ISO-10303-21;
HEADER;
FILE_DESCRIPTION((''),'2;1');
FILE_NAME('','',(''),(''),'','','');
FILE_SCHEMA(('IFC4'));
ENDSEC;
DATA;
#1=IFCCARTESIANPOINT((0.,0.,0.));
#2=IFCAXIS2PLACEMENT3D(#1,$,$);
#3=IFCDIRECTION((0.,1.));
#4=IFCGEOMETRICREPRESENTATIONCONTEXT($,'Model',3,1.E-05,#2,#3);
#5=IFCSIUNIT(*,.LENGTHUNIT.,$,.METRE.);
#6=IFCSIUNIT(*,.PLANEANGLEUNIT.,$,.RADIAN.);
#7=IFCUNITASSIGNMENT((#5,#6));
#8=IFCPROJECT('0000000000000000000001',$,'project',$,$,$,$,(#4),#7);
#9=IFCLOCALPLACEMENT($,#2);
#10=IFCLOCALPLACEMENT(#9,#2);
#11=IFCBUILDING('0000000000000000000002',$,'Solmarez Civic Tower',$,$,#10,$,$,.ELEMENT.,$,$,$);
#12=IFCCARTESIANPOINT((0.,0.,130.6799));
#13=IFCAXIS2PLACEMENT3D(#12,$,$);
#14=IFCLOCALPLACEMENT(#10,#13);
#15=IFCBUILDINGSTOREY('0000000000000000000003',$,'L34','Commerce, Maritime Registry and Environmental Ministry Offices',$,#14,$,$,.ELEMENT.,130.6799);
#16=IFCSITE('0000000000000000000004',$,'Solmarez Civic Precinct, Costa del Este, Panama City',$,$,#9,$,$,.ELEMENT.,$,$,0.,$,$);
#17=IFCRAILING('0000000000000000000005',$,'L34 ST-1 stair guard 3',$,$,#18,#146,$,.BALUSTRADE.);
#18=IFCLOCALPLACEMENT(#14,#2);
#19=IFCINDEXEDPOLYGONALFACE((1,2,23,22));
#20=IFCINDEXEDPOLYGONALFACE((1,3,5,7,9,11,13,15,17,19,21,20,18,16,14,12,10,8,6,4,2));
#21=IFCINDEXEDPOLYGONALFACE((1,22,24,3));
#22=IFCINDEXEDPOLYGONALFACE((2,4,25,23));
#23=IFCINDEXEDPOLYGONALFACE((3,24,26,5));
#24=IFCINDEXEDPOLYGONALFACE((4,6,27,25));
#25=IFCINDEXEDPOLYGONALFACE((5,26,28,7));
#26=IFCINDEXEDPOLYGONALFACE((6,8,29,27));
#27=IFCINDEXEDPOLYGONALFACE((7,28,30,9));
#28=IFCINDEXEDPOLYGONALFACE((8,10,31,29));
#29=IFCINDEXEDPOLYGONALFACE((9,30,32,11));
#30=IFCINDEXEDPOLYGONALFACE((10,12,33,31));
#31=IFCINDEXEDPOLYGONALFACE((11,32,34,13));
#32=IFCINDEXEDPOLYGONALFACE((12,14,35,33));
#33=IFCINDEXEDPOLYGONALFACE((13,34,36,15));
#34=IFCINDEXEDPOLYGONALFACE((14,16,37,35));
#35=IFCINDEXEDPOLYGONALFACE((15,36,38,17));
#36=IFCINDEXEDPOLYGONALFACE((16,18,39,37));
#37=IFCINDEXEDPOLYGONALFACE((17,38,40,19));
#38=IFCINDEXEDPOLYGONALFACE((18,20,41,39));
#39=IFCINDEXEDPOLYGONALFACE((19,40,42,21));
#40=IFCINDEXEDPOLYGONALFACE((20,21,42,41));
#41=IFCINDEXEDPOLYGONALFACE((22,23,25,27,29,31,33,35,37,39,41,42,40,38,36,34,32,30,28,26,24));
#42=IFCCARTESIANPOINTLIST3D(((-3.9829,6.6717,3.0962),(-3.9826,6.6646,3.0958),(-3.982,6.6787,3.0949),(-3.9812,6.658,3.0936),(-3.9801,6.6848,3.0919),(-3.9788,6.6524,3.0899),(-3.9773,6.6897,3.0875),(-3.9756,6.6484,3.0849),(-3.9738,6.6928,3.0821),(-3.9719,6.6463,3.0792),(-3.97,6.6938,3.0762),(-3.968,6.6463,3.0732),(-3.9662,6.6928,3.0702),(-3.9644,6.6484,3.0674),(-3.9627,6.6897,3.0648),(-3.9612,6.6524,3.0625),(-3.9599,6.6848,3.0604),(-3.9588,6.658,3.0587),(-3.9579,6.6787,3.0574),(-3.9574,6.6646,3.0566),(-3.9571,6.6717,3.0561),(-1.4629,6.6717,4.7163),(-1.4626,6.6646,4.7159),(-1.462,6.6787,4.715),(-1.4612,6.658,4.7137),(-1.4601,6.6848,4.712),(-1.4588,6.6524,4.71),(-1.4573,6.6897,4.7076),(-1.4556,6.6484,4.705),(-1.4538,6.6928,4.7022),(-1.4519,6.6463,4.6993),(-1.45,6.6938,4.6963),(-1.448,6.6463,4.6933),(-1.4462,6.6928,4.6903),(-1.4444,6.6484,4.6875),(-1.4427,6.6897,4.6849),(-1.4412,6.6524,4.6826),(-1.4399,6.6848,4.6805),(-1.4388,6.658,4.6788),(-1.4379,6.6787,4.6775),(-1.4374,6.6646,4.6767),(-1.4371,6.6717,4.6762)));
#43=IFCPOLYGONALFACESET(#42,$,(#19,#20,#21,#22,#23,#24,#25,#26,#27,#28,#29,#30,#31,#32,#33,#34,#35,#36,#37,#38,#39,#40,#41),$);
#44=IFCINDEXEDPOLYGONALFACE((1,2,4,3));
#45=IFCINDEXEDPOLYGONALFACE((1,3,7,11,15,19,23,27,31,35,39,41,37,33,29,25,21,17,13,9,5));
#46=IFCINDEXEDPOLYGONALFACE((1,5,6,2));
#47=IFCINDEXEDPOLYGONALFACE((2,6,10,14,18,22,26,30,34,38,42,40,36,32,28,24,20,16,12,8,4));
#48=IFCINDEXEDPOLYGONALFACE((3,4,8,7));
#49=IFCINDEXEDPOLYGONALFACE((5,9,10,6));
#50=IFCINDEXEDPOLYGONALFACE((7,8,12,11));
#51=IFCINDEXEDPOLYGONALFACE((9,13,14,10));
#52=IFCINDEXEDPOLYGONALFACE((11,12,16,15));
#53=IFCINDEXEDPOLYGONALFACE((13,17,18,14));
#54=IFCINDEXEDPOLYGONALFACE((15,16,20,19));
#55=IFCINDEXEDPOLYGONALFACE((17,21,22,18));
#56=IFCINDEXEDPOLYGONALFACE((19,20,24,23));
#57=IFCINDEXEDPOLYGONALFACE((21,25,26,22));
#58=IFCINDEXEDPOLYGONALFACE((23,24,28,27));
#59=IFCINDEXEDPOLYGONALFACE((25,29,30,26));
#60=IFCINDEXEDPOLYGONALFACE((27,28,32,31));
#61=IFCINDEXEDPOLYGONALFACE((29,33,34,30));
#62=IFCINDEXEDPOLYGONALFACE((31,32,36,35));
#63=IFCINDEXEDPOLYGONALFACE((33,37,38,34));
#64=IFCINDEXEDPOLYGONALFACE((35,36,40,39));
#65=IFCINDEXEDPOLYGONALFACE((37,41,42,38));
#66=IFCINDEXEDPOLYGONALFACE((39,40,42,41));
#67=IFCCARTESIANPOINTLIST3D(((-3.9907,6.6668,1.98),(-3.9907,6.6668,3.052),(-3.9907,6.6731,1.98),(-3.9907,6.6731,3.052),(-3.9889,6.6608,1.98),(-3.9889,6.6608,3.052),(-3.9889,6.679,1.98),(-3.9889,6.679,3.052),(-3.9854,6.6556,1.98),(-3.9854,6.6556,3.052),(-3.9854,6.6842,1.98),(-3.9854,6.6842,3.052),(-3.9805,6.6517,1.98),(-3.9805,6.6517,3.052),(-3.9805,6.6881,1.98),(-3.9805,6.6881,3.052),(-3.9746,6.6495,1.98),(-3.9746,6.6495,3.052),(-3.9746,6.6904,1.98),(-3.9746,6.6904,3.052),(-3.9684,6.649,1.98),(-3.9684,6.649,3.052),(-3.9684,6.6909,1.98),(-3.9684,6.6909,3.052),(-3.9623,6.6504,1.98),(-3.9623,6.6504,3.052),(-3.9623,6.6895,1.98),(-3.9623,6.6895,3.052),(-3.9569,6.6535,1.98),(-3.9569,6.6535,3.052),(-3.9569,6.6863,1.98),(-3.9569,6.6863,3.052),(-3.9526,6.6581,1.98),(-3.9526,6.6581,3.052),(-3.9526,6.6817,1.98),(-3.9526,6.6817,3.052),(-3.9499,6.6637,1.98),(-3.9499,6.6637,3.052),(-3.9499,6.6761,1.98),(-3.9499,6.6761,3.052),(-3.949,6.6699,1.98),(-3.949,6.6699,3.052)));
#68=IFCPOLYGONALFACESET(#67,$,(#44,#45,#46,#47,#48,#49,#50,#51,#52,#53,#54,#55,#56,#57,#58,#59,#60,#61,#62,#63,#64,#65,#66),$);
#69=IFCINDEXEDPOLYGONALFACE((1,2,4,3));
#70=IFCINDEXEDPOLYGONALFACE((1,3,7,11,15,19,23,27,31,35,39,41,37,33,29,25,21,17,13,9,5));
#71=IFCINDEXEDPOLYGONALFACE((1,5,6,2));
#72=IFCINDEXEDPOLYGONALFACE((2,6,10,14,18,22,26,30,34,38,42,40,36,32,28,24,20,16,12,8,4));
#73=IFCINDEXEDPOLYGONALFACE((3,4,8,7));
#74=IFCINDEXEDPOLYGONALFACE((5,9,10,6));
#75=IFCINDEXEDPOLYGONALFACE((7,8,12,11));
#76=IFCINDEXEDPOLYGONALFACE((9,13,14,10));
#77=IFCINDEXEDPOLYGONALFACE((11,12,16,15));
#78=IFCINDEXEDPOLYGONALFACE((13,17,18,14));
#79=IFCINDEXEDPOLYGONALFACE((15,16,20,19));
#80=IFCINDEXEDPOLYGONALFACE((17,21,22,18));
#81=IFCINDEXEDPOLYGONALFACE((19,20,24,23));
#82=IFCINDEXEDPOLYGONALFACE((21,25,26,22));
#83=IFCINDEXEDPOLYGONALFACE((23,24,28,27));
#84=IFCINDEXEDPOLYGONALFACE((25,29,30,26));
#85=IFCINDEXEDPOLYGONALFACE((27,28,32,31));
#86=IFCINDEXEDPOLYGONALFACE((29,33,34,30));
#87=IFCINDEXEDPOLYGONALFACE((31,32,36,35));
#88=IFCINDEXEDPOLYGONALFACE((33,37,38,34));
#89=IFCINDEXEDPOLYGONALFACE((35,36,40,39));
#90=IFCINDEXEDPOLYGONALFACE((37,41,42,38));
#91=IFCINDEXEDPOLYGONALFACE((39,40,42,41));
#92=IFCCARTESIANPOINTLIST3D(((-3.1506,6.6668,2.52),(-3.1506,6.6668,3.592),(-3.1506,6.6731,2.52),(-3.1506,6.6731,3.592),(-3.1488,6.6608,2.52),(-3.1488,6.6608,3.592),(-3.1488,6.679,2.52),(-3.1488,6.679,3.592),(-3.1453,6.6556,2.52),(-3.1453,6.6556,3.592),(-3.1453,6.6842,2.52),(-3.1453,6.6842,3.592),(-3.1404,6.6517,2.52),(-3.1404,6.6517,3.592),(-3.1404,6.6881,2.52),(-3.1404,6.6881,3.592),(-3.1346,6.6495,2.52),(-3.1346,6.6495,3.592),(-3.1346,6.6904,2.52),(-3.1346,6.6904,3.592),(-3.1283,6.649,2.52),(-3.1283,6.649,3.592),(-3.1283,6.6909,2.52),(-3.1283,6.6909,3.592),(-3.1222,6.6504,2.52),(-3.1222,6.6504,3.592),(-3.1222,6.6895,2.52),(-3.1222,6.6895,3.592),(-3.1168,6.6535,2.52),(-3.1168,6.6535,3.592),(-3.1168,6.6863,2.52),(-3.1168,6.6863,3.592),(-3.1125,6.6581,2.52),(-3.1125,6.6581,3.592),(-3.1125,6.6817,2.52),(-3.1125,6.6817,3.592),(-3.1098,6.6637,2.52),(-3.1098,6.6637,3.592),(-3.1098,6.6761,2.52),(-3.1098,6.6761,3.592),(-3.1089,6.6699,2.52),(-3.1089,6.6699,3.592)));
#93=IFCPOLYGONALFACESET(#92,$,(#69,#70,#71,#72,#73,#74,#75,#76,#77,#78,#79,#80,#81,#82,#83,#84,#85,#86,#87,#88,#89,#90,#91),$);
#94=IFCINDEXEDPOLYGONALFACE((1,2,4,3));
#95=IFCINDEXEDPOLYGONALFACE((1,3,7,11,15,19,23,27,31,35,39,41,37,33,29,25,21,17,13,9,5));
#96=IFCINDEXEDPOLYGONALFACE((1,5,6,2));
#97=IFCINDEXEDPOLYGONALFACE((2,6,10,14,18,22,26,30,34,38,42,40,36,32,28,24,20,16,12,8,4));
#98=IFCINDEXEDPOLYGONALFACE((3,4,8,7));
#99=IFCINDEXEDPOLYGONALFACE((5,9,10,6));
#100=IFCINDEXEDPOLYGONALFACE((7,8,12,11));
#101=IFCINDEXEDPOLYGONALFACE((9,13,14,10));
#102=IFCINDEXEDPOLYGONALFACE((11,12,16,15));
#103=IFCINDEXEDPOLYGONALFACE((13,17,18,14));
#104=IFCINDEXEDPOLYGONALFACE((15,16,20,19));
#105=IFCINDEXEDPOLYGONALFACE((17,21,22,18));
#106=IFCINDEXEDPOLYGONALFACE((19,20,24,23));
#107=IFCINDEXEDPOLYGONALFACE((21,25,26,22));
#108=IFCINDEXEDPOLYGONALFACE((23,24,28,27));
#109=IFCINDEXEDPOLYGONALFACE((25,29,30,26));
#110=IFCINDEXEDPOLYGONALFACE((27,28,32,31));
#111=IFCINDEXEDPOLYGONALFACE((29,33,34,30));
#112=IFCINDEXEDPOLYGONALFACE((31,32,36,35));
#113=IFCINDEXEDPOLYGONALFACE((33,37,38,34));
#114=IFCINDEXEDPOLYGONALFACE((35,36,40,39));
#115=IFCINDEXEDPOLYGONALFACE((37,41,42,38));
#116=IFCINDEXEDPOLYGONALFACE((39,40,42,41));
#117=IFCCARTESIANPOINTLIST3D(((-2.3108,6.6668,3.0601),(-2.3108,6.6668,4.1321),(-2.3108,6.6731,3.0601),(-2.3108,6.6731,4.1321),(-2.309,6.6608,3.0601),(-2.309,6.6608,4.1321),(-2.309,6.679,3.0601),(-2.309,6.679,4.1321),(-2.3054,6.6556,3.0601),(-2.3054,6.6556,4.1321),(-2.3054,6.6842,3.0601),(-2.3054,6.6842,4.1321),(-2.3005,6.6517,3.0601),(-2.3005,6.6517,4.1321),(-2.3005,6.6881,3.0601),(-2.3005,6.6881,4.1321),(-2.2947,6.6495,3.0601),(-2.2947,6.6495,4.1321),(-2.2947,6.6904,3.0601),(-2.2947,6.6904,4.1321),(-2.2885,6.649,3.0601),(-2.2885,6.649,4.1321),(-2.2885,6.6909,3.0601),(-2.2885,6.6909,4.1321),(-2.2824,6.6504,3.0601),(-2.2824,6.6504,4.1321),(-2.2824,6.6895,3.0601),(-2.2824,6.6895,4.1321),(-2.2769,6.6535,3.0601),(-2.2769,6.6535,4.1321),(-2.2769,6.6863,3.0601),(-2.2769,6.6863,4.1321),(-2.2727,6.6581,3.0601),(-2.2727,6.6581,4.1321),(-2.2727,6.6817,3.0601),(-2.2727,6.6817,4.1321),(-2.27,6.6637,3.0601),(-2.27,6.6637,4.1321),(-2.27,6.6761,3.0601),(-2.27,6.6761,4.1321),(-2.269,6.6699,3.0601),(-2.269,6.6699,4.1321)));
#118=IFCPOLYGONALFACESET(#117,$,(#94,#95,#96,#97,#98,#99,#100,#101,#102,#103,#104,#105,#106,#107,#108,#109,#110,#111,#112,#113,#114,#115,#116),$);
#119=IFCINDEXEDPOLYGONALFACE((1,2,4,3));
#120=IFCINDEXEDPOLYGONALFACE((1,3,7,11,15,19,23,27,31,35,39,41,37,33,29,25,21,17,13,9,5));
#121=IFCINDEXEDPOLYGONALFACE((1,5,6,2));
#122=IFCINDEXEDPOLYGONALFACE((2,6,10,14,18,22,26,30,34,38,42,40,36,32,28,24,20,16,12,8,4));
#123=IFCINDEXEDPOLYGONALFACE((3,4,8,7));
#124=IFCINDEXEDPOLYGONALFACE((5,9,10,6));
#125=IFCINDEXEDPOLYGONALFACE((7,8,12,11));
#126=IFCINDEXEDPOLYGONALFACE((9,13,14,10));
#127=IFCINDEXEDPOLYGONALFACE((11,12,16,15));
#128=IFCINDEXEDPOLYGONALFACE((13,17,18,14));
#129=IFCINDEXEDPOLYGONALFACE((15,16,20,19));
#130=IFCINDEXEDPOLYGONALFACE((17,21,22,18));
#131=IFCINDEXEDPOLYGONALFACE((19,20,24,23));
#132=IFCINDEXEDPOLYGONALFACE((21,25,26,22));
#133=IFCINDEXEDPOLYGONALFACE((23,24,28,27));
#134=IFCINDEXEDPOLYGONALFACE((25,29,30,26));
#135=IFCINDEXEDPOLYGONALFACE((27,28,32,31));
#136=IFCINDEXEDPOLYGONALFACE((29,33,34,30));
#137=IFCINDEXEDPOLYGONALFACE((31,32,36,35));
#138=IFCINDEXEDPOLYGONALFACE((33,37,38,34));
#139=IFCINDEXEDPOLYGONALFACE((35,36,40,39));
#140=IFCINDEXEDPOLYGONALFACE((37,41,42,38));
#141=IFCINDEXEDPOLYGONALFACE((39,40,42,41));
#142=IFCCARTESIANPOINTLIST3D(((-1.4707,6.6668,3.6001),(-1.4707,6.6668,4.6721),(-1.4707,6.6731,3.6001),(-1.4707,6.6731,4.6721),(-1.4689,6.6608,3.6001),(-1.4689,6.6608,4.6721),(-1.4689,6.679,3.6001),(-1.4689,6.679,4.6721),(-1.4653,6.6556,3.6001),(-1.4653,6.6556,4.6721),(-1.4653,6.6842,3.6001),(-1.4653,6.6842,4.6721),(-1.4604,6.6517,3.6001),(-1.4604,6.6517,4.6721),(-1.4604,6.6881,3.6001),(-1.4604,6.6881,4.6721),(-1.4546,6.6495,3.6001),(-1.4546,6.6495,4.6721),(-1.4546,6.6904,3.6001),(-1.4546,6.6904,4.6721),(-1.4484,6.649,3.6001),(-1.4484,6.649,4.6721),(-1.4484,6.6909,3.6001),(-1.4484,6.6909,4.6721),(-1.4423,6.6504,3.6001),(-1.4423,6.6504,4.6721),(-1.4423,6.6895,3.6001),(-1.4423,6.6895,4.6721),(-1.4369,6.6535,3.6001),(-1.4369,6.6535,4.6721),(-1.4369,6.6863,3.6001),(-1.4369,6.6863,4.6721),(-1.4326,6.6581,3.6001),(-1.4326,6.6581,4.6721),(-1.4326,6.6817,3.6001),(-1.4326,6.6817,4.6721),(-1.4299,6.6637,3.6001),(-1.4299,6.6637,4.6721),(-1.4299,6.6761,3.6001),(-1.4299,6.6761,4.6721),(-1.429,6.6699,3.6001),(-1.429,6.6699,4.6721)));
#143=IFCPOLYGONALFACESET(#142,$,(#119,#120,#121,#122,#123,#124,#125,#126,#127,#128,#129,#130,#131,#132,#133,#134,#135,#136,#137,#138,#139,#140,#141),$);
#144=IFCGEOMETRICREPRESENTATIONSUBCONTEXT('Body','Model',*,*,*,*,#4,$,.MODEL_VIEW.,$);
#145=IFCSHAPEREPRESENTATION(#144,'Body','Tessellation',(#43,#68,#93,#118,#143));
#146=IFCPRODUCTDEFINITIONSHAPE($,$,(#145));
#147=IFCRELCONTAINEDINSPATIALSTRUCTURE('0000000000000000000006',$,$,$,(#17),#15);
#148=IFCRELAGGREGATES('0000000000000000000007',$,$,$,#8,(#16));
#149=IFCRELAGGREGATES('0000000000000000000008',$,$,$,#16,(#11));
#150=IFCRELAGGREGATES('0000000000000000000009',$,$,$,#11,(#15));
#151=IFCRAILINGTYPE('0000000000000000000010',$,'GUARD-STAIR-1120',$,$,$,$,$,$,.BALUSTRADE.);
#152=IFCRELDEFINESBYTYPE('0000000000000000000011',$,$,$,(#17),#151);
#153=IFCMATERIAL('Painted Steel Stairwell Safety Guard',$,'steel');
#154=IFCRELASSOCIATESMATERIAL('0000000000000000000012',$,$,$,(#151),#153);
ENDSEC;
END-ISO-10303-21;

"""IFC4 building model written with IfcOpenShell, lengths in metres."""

from ifc_helpers import new_model, si_unit, direction, frame, origin, origin_2d, place, context, subcontext, project, spatial, circle, extrude, material, type_object, element, save


model = new_model("IFC4")

# Units and contexts
model_context = context("Model", 3, precision=1e-05, world=origin(), true_north=direction((0.0, 1.0)))
body_context = subcontext(model_context, "Body", "Model", "MODEL_VIEW")
ifc_project = project(units=[si_unit("LENGTHUNIT", "METRE"), si_unit("PLANEANGLEUNIT", "RADIAN")], contexts=[model_context])

# Site, building, storey
site_placement = place(None, origin())
site = spatial("IfcSite", under=ifc_project, at=site_placement, Name="Solmarez Civic Precinct, Costa del Este, Panama City", CompositionType="ELEMENT", RefElevation=0.0)
building_placement = place(site_placement, origin())
building = spatial("IfcBuilding", under=site, at=building_placement, Name="Solmarez Civic Tower", CompositionType="ELEMENT")
storey_placement = place(building_placement, frame((0.0, 0.0, 130.6799)))
storey = spatial("IfcBuildingStorey", under=building, at=storey_placement, Name="L34", Description="Commerce, Maritime Registry and Environmental Ministry Offices", CompositionType="ELEMENT", Elevation=130.6799)

# Railing
ifc_material_1 = material(Name="Painted Steel Stairwell Safety Guard", Category="steel")
railing_type_1 = type_object("IfcRailingType", Name="GUARD-STAIR-1120", PredefinedType="BALUSTRADE", material=ifc_material_1)
railing_1_placement = place(storey_placement, frame((-3.97, 6.6699, 1.98)))
element("IfcRailing", 1, at=railing_1_placement, inside=storey, type_object=railing_type_1, Name="L34 ST-1 stair guard 3", PredefinedType="BALUSTRADE", context=body_context, shape_type="SweptSolid", body=[
    extrude(circle(Radius=0.0239, at=origin_2d()), frame((0.0, 0.0, 1.0962), z_axis=(0.841163, 0.0, 0.540782), x_axis=(0.0, 1.0, 0.0)), (0.0, 0.0, 1.0), 2.9958),
    extrude(circle(Radius=0.021, at=origin_2d()), origin(), (0.0, 0.0, 1.0), 1.072),
    extrude(circle(Radius=0.021, at=origin_2d()), frame((0.8401, 0.0, 0.54)), (0.0, 0.0, 1.0), 1.072),
    extrude(circle(Radius=0.021, at=origin_2d()), frame((1.6799, 0.0, 1.0801)), (0.0, 0.0, 1.0), 1.072),
    extrude(circle(Radius=0.021, at=origin_2d()), frame((2.52, 0.0, 1.6201)), (0.0, 0.0, 1.0), 1.072),
])

save(model, "model.ifc")
